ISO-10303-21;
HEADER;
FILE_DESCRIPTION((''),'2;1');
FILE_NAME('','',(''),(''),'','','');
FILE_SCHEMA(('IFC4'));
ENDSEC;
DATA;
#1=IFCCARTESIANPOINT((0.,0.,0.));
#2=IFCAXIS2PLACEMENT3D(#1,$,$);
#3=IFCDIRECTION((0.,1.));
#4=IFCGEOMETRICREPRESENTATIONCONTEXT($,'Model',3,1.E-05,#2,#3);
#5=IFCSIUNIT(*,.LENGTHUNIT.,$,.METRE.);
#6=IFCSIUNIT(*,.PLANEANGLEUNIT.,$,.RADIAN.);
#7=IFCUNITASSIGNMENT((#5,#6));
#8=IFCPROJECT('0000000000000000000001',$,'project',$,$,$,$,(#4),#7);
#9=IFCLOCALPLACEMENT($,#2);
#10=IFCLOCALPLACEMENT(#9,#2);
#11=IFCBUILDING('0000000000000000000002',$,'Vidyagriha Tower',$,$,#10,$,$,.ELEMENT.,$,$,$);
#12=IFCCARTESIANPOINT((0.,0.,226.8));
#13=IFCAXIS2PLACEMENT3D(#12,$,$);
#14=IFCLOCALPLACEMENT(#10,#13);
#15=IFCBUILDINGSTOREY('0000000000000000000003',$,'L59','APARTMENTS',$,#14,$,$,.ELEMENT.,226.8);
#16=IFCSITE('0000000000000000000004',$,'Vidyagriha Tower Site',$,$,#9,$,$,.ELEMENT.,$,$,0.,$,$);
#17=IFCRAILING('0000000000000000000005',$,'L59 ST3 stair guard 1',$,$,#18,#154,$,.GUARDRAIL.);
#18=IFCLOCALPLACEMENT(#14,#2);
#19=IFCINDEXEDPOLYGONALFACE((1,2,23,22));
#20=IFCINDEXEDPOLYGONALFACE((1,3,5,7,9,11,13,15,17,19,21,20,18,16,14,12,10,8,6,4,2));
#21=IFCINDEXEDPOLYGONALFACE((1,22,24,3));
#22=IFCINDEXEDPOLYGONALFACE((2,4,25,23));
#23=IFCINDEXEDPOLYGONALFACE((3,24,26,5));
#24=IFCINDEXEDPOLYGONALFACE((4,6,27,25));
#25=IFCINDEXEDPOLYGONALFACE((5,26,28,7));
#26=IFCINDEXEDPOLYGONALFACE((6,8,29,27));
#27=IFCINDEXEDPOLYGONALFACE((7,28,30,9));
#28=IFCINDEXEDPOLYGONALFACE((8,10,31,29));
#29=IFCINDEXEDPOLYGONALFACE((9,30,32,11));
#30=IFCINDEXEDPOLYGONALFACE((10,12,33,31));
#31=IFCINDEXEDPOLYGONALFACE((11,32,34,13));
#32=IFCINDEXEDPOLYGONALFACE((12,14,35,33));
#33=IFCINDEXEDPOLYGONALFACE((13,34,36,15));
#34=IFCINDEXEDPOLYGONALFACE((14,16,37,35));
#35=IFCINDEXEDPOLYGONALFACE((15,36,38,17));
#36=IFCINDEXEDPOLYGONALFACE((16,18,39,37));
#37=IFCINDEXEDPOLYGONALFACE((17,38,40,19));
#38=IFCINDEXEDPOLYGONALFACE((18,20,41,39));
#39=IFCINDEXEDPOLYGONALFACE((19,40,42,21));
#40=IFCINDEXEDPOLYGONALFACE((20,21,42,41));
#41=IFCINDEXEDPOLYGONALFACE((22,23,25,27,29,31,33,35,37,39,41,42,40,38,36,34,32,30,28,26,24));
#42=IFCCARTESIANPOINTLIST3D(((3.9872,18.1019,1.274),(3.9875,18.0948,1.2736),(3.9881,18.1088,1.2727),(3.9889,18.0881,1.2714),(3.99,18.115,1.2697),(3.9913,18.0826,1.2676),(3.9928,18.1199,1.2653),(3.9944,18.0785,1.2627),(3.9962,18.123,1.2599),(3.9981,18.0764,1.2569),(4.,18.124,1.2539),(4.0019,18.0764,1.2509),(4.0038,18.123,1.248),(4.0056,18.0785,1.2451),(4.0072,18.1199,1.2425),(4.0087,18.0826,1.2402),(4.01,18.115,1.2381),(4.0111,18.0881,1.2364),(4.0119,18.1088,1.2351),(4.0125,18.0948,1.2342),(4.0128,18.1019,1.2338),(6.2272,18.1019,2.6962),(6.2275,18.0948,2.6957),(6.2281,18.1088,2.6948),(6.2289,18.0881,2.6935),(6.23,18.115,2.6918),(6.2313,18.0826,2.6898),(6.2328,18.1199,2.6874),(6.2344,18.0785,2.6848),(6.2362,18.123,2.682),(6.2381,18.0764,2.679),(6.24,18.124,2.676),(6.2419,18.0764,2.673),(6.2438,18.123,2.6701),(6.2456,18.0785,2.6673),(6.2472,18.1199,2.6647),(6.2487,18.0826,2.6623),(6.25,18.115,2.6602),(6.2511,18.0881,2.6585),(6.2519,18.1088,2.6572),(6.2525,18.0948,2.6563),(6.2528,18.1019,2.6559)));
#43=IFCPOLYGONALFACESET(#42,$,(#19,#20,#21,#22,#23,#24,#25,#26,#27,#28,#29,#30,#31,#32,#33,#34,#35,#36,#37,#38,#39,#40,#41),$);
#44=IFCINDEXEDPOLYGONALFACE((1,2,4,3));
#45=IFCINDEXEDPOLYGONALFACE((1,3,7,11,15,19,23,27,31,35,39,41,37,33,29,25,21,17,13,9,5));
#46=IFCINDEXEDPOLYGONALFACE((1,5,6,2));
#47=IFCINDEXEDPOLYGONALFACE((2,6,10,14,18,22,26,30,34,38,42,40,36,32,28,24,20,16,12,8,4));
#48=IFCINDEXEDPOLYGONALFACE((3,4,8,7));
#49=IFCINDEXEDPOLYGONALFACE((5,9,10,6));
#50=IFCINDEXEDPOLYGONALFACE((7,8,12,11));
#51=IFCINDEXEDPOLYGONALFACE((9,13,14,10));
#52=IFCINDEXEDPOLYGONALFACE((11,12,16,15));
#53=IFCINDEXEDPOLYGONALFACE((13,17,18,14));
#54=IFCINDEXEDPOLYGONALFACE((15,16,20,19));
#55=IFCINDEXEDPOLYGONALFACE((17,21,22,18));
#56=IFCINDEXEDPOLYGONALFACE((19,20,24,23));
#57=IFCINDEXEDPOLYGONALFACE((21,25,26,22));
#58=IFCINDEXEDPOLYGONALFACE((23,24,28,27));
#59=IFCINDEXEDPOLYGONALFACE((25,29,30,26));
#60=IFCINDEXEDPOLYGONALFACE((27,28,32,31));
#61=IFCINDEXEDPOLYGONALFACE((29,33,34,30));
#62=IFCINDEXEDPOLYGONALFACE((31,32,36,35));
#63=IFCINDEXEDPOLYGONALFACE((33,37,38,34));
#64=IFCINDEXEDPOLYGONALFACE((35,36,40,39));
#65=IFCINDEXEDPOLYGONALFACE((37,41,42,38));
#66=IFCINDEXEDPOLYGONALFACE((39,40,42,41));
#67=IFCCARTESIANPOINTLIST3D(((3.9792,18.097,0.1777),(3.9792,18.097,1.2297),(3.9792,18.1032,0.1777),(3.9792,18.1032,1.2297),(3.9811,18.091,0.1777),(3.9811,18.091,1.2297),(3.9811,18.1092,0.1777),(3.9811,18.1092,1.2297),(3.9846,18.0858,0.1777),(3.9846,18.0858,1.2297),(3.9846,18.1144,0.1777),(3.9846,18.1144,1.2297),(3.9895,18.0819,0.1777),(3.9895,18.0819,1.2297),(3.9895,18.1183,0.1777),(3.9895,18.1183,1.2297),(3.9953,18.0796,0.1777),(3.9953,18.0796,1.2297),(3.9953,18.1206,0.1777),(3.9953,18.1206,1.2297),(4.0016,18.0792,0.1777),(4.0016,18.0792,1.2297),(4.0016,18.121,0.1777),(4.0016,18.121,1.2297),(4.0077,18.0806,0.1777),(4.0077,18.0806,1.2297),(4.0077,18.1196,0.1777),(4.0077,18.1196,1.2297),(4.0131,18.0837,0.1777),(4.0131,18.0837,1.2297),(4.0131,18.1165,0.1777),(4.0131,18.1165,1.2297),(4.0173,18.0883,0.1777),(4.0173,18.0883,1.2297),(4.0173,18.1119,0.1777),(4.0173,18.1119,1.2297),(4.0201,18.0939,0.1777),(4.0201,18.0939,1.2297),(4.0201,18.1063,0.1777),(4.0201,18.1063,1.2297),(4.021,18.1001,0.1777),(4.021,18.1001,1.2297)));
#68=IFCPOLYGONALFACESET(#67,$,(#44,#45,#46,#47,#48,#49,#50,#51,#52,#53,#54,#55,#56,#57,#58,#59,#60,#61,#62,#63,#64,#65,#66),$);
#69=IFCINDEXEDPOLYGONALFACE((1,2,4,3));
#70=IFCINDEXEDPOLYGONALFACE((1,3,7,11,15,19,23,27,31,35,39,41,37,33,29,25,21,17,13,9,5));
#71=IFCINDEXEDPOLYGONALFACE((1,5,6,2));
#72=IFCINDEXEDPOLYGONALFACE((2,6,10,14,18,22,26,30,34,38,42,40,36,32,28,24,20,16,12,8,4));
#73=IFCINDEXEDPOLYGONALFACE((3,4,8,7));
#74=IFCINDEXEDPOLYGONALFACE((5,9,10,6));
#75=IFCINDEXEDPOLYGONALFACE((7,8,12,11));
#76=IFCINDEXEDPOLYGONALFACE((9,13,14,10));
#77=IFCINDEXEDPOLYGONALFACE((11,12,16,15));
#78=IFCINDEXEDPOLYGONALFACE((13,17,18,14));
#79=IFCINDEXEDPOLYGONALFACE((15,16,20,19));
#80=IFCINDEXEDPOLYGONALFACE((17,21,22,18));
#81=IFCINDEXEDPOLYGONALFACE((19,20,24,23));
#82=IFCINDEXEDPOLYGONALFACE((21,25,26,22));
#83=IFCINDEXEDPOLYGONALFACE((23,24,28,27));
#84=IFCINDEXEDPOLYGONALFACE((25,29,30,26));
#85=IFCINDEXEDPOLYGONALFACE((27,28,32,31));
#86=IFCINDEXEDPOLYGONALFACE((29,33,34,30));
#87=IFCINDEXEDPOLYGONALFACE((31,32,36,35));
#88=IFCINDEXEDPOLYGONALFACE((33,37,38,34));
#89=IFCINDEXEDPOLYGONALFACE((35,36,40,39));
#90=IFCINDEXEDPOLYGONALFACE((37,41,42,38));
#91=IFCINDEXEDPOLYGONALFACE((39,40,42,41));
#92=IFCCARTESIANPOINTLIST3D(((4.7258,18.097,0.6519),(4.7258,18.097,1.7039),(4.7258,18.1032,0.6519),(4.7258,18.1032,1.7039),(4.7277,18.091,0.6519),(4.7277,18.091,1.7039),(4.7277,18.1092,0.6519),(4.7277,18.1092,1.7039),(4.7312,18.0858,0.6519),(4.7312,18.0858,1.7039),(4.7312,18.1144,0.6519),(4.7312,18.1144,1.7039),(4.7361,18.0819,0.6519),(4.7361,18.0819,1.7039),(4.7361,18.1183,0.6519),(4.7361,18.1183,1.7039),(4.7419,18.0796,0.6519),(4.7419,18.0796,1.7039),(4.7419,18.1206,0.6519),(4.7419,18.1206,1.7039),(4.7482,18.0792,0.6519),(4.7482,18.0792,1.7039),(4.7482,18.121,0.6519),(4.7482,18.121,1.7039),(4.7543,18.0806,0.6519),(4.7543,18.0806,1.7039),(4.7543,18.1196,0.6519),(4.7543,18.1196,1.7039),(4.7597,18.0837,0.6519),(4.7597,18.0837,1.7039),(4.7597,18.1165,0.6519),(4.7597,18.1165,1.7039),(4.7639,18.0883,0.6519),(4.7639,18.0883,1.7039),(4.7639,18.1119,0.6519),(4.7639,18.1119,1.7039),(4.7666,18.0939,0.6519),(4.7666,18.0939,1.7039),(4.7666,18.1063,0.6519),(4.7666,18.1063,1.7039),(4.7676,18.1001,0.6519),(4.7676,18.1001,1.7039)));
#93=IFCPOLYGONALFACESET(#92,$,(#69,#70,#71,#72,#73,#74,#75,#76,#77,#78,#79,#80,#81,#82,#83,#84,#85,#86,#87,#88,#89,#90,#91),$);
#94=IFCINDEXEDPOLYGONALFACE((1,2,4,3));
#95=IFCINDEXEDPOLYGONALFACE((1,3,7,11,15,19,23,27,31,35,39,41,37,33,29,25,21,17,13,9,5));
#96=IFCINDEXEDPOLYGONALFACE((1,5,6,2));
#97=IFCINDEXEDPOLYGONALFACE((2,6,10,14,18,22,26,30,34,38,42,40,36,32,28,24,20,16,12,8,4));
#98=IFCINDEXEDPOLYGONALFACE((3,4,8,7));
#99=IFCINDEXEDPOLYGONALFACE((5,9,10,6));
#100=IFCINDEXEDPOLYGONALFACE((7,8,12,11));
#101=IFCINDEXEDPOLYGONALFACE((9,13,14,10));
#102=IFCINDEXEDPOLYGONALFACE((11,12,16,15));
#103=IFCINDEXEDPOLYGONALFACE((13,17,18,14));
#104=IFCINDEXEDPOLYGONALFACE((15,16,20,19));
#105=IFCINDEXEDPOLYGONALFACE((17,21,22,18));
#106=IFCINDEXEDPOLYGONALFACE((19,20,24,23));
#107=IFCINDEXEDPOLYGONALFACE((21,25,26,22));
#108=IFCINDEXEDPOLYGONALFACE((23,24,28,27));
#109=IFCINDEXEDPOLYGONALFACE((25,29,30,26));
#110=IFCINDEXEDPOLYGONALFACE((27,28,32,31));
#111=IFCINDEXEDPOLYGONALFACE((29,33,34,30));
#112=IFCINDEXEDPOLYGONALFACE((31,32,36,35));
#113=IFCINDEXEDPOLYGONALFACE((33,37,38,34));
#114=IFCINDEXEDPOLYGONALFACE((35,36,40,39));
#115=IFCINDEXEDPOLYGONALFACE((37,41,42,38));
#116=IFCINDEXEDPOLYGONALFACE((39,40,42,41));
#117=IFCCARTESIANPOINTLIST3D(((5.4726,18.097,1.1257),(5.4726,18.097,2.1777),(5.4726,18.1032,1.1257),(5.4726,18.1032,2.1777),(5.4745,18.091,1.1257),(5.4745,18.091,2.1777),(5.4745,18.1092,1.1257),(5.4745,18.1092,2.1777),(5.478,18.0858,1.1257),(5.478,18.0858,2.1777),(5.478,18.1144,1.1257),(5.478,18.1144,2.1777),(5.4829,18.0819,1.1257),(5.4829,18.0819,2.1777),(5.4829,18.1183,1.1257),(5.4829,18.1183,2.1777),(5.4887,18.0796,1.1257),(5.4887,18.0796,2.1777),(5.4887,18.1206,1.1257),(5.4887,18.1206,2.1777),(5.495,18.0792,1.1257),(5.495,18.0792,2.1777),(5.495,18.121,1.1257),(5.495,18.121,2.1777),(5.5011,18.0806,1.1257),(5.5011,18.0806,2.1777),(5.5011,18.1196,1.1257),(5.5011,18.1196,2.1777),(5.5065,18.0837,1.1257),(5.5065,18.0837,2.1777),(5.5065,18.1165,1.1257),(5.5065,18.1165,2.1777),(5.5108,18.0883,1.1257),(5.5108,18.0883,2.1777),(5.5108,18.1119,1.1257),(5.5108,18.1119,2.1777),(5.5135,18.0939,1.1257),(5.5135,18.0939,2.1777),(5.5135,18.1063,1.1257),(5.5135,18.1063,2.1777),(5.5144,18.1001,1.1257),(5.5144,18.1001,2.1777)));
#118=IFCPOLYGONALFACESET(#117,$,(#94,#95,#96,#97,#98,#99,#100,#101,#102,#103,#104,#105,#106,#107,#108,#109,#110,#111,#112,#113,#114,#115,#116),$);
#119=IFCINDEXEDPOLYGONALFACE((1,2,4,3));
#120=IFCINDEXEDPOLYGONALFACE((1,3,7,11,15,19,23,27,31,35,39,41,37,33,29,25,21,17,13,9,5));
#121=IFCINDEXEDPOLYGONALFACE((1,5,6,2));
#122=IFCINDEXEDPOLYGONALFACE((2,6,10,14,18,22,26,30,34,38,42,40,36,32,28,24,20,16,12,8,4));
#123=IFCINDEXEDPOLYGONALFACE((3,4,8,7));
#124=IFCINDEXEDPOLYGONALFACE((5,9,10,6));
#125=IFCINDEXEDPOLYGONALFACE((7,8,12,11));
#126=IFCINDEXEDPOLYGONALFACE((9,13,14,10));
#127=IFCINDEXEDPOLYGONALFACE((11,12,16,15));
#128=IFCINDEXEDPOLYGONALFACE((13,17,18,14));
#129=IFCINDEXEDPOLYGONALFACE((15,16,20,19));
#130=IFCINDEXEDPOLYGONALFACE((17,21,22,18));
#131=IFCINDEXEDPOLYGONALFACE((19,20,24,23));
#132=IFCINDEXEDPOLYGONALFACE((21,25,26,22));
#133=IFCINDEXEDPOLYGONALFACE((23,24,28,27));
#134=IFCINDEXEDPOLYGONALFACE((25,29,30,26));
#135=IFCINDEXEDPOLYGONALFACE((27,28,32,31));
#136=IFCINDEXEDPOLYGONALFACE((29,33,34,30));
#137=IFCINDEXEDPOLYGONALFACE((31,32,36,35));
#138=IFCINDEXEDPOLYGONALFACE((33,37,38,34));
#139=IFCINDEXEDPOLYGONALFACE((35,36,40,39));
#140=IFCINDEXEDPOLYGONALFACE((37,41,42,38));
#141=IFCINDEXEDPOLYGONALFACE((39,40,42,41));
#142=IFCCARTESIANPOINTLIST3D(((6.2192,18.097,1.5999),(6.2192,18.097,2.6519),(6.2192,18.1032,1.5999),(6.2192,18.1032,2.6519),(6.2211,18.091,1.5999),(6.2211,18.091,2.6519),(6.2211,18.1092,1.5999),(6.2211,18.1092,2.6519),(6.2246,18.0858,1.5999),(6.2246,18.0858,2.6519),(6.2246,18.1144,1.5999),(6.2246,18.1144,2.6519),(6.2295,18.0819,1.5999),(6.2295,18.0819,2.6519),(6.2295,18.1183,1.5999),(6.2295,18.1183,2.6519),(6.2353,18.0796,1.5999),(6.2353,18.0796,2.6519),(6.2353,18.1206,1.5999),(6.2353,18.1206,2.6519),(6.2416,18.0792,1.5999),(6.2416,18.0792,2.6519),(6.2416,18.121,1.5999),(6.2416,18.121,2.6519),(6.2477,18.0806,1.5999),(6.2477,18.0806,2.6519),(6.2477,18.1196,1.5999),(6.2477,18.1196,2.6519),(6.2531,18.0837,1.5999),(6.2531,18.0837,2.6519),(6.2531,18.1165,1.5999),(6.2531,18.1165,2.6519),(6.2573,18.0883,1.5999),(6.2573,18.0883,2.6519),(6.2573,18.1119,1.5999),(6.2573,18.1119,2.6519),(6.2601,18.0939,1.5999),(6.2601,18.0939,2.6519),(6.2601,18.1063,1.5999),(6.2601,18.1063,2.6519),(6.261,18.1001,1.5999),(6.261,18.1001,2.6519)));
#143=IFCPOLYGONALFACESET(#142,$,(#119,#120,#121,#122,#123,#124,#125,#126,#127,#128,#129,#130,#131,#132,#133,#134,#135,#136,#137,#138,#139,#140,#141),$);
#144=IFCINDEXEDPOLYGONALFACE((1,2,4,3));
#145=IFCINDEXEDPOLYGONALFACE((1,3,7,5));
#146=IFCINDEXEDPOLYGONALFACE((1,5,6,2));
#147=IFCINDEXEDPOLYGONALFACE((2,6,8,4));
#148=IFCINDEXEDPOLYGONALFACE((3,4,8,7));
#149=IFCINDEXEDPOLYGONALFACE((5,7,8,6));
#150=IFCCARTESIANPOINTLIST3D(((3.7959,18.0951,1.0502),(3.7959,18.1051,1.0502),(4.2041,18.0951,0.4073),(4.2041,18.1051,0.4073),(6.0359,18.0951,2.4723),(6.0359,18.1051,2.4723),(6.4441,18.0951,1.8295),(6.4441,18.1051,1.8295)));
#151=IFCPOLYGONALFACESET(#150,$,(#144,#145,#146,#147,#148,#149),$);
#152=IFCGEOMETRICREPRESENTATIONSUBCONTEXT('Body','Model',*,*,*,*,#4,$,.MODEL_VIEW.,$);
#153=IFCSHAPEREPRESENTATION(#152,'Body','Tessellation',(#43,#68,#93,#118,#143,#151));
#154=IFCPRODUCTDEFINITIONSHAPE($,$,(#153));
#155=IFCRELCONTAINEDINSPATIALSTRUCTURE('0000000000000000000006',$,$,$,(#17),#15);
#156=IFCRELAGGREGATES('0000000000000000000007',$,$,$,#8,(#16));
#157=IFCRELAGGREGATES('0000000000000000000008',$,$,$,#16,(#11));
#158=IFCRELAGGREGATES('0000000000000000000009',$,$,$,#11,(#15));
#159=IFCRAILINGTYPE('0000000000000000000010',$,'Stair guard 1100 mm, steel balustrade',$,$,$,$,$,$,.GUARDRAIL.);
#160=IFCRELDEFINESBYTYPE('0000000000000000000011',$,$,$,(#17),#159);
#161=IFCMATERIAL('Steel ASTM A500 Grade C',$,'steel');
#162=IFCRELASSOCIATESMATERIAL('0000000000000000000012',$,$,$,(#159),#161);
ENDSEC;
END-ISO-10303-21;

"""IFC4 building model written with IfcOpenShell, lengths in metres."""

from ifc_helpers import new_model, si_unit, direction, frame, origin, origin_2d, place, context, subcontext, project, spatial, rectangle, circle, extrude, material, type_object, element, save


model = new_model("IFC4")

# Units and contexts
model_context = context("Model", 3, precision=1e-05, world=origin(), true_north=direction((0.0, 1.0)))
body_context = subcontext(model_context, "Body", "Model", "MODEL_VIEW")
ifc_project = project(units=[si_unit("LENGTHUNIT", "METRE"), si_unit("PLANEANGLEUNIT", "RADIAN")], contexts=[model_context])

# Site, building, storey
site_placement = place(None, origin())
site = spatial("IfcSite", under=ifc_project, at=site_placement, Name="Vidyagriha Tower Site", CompositionType="ELEMENT", RefElevation=0.0)
building_placement = place(site_placement, origin())
building = spatial("IfcBuilding", under=site, at=building_placement, Name="Vidyagriha Tower", CompositionType="ELEMENT")
storey_placement = place(building_placement, frame((0.0, 0.0, 226.8)))
storey = spatial("IfcBuildingStorey", under=building, at=storey_placement, Name="L59", Description="APARTMENTS", CompositionType="ELEMENT", Elevation=226.8)

# Railing
ifc_material_1 = material(Name="Steel ASTM A500 Grade C", Category="steel")
railing_type_1 = type_object("IfcRailingType", Name="Stair guard 1100 mm, steel balustrade", PredefinedType="GUARDRAIL", material=ifc_material_1)
railing_1_placement = place(storey_placement, frame((4.0, 18.1001, 0.1777)))
element("IfcRailing", 1, at=railing_1_placement, inside=storey, type_object=railing_type_1, Name="L59 ST3 stair guard 1", PredefinedType="GUARDRAIL", context=body_context, shape_type="SweptSolid", body=[
    extrude(circle(Radius=0.0239, at=origin_2d()), frame((0.0, 0.0, 1.0762), z_axis=(0.844229, 0.0, 0.535982), x_axis=(0.0, 1.0, 0.0)), (0.0, 0.0, 1.0), 2.6533),
    extrude(circle(Radius=0.021, at=origin_2d()), origin(), (0.0, 0.0, 1.0), 1.052),
    extrude(circle(Radius=0.021, at=origin_2d()), frame((0.7466, 0.0, 0.4741)), (0.0, 0.0, 1.0), 1.052),
    extrude(circle(Radius=0.021, at=origin_2d()), frame((1.4934, 0.0, 0.948)), (0.0, 0.0, 1.0), 1.052),
    extrude(circle(Radius=0.021, at=origin_2d()), frame((2.24, 0.0, 1.4221)), (0.0, 0.0, 1.0), 1.052),
    extrude(rectangle(XDim=0.01, YDim=0.7615, at=origin_2d()), frame((0.0, 0.0, 0.551), z_axis=(0.844229, 0.0, 0.535982), x_axis=(0.0, 1.0, 0.0)), (0.0, 0.0, 1.0), 2.6533),
])

save(model, "model.ifc")
